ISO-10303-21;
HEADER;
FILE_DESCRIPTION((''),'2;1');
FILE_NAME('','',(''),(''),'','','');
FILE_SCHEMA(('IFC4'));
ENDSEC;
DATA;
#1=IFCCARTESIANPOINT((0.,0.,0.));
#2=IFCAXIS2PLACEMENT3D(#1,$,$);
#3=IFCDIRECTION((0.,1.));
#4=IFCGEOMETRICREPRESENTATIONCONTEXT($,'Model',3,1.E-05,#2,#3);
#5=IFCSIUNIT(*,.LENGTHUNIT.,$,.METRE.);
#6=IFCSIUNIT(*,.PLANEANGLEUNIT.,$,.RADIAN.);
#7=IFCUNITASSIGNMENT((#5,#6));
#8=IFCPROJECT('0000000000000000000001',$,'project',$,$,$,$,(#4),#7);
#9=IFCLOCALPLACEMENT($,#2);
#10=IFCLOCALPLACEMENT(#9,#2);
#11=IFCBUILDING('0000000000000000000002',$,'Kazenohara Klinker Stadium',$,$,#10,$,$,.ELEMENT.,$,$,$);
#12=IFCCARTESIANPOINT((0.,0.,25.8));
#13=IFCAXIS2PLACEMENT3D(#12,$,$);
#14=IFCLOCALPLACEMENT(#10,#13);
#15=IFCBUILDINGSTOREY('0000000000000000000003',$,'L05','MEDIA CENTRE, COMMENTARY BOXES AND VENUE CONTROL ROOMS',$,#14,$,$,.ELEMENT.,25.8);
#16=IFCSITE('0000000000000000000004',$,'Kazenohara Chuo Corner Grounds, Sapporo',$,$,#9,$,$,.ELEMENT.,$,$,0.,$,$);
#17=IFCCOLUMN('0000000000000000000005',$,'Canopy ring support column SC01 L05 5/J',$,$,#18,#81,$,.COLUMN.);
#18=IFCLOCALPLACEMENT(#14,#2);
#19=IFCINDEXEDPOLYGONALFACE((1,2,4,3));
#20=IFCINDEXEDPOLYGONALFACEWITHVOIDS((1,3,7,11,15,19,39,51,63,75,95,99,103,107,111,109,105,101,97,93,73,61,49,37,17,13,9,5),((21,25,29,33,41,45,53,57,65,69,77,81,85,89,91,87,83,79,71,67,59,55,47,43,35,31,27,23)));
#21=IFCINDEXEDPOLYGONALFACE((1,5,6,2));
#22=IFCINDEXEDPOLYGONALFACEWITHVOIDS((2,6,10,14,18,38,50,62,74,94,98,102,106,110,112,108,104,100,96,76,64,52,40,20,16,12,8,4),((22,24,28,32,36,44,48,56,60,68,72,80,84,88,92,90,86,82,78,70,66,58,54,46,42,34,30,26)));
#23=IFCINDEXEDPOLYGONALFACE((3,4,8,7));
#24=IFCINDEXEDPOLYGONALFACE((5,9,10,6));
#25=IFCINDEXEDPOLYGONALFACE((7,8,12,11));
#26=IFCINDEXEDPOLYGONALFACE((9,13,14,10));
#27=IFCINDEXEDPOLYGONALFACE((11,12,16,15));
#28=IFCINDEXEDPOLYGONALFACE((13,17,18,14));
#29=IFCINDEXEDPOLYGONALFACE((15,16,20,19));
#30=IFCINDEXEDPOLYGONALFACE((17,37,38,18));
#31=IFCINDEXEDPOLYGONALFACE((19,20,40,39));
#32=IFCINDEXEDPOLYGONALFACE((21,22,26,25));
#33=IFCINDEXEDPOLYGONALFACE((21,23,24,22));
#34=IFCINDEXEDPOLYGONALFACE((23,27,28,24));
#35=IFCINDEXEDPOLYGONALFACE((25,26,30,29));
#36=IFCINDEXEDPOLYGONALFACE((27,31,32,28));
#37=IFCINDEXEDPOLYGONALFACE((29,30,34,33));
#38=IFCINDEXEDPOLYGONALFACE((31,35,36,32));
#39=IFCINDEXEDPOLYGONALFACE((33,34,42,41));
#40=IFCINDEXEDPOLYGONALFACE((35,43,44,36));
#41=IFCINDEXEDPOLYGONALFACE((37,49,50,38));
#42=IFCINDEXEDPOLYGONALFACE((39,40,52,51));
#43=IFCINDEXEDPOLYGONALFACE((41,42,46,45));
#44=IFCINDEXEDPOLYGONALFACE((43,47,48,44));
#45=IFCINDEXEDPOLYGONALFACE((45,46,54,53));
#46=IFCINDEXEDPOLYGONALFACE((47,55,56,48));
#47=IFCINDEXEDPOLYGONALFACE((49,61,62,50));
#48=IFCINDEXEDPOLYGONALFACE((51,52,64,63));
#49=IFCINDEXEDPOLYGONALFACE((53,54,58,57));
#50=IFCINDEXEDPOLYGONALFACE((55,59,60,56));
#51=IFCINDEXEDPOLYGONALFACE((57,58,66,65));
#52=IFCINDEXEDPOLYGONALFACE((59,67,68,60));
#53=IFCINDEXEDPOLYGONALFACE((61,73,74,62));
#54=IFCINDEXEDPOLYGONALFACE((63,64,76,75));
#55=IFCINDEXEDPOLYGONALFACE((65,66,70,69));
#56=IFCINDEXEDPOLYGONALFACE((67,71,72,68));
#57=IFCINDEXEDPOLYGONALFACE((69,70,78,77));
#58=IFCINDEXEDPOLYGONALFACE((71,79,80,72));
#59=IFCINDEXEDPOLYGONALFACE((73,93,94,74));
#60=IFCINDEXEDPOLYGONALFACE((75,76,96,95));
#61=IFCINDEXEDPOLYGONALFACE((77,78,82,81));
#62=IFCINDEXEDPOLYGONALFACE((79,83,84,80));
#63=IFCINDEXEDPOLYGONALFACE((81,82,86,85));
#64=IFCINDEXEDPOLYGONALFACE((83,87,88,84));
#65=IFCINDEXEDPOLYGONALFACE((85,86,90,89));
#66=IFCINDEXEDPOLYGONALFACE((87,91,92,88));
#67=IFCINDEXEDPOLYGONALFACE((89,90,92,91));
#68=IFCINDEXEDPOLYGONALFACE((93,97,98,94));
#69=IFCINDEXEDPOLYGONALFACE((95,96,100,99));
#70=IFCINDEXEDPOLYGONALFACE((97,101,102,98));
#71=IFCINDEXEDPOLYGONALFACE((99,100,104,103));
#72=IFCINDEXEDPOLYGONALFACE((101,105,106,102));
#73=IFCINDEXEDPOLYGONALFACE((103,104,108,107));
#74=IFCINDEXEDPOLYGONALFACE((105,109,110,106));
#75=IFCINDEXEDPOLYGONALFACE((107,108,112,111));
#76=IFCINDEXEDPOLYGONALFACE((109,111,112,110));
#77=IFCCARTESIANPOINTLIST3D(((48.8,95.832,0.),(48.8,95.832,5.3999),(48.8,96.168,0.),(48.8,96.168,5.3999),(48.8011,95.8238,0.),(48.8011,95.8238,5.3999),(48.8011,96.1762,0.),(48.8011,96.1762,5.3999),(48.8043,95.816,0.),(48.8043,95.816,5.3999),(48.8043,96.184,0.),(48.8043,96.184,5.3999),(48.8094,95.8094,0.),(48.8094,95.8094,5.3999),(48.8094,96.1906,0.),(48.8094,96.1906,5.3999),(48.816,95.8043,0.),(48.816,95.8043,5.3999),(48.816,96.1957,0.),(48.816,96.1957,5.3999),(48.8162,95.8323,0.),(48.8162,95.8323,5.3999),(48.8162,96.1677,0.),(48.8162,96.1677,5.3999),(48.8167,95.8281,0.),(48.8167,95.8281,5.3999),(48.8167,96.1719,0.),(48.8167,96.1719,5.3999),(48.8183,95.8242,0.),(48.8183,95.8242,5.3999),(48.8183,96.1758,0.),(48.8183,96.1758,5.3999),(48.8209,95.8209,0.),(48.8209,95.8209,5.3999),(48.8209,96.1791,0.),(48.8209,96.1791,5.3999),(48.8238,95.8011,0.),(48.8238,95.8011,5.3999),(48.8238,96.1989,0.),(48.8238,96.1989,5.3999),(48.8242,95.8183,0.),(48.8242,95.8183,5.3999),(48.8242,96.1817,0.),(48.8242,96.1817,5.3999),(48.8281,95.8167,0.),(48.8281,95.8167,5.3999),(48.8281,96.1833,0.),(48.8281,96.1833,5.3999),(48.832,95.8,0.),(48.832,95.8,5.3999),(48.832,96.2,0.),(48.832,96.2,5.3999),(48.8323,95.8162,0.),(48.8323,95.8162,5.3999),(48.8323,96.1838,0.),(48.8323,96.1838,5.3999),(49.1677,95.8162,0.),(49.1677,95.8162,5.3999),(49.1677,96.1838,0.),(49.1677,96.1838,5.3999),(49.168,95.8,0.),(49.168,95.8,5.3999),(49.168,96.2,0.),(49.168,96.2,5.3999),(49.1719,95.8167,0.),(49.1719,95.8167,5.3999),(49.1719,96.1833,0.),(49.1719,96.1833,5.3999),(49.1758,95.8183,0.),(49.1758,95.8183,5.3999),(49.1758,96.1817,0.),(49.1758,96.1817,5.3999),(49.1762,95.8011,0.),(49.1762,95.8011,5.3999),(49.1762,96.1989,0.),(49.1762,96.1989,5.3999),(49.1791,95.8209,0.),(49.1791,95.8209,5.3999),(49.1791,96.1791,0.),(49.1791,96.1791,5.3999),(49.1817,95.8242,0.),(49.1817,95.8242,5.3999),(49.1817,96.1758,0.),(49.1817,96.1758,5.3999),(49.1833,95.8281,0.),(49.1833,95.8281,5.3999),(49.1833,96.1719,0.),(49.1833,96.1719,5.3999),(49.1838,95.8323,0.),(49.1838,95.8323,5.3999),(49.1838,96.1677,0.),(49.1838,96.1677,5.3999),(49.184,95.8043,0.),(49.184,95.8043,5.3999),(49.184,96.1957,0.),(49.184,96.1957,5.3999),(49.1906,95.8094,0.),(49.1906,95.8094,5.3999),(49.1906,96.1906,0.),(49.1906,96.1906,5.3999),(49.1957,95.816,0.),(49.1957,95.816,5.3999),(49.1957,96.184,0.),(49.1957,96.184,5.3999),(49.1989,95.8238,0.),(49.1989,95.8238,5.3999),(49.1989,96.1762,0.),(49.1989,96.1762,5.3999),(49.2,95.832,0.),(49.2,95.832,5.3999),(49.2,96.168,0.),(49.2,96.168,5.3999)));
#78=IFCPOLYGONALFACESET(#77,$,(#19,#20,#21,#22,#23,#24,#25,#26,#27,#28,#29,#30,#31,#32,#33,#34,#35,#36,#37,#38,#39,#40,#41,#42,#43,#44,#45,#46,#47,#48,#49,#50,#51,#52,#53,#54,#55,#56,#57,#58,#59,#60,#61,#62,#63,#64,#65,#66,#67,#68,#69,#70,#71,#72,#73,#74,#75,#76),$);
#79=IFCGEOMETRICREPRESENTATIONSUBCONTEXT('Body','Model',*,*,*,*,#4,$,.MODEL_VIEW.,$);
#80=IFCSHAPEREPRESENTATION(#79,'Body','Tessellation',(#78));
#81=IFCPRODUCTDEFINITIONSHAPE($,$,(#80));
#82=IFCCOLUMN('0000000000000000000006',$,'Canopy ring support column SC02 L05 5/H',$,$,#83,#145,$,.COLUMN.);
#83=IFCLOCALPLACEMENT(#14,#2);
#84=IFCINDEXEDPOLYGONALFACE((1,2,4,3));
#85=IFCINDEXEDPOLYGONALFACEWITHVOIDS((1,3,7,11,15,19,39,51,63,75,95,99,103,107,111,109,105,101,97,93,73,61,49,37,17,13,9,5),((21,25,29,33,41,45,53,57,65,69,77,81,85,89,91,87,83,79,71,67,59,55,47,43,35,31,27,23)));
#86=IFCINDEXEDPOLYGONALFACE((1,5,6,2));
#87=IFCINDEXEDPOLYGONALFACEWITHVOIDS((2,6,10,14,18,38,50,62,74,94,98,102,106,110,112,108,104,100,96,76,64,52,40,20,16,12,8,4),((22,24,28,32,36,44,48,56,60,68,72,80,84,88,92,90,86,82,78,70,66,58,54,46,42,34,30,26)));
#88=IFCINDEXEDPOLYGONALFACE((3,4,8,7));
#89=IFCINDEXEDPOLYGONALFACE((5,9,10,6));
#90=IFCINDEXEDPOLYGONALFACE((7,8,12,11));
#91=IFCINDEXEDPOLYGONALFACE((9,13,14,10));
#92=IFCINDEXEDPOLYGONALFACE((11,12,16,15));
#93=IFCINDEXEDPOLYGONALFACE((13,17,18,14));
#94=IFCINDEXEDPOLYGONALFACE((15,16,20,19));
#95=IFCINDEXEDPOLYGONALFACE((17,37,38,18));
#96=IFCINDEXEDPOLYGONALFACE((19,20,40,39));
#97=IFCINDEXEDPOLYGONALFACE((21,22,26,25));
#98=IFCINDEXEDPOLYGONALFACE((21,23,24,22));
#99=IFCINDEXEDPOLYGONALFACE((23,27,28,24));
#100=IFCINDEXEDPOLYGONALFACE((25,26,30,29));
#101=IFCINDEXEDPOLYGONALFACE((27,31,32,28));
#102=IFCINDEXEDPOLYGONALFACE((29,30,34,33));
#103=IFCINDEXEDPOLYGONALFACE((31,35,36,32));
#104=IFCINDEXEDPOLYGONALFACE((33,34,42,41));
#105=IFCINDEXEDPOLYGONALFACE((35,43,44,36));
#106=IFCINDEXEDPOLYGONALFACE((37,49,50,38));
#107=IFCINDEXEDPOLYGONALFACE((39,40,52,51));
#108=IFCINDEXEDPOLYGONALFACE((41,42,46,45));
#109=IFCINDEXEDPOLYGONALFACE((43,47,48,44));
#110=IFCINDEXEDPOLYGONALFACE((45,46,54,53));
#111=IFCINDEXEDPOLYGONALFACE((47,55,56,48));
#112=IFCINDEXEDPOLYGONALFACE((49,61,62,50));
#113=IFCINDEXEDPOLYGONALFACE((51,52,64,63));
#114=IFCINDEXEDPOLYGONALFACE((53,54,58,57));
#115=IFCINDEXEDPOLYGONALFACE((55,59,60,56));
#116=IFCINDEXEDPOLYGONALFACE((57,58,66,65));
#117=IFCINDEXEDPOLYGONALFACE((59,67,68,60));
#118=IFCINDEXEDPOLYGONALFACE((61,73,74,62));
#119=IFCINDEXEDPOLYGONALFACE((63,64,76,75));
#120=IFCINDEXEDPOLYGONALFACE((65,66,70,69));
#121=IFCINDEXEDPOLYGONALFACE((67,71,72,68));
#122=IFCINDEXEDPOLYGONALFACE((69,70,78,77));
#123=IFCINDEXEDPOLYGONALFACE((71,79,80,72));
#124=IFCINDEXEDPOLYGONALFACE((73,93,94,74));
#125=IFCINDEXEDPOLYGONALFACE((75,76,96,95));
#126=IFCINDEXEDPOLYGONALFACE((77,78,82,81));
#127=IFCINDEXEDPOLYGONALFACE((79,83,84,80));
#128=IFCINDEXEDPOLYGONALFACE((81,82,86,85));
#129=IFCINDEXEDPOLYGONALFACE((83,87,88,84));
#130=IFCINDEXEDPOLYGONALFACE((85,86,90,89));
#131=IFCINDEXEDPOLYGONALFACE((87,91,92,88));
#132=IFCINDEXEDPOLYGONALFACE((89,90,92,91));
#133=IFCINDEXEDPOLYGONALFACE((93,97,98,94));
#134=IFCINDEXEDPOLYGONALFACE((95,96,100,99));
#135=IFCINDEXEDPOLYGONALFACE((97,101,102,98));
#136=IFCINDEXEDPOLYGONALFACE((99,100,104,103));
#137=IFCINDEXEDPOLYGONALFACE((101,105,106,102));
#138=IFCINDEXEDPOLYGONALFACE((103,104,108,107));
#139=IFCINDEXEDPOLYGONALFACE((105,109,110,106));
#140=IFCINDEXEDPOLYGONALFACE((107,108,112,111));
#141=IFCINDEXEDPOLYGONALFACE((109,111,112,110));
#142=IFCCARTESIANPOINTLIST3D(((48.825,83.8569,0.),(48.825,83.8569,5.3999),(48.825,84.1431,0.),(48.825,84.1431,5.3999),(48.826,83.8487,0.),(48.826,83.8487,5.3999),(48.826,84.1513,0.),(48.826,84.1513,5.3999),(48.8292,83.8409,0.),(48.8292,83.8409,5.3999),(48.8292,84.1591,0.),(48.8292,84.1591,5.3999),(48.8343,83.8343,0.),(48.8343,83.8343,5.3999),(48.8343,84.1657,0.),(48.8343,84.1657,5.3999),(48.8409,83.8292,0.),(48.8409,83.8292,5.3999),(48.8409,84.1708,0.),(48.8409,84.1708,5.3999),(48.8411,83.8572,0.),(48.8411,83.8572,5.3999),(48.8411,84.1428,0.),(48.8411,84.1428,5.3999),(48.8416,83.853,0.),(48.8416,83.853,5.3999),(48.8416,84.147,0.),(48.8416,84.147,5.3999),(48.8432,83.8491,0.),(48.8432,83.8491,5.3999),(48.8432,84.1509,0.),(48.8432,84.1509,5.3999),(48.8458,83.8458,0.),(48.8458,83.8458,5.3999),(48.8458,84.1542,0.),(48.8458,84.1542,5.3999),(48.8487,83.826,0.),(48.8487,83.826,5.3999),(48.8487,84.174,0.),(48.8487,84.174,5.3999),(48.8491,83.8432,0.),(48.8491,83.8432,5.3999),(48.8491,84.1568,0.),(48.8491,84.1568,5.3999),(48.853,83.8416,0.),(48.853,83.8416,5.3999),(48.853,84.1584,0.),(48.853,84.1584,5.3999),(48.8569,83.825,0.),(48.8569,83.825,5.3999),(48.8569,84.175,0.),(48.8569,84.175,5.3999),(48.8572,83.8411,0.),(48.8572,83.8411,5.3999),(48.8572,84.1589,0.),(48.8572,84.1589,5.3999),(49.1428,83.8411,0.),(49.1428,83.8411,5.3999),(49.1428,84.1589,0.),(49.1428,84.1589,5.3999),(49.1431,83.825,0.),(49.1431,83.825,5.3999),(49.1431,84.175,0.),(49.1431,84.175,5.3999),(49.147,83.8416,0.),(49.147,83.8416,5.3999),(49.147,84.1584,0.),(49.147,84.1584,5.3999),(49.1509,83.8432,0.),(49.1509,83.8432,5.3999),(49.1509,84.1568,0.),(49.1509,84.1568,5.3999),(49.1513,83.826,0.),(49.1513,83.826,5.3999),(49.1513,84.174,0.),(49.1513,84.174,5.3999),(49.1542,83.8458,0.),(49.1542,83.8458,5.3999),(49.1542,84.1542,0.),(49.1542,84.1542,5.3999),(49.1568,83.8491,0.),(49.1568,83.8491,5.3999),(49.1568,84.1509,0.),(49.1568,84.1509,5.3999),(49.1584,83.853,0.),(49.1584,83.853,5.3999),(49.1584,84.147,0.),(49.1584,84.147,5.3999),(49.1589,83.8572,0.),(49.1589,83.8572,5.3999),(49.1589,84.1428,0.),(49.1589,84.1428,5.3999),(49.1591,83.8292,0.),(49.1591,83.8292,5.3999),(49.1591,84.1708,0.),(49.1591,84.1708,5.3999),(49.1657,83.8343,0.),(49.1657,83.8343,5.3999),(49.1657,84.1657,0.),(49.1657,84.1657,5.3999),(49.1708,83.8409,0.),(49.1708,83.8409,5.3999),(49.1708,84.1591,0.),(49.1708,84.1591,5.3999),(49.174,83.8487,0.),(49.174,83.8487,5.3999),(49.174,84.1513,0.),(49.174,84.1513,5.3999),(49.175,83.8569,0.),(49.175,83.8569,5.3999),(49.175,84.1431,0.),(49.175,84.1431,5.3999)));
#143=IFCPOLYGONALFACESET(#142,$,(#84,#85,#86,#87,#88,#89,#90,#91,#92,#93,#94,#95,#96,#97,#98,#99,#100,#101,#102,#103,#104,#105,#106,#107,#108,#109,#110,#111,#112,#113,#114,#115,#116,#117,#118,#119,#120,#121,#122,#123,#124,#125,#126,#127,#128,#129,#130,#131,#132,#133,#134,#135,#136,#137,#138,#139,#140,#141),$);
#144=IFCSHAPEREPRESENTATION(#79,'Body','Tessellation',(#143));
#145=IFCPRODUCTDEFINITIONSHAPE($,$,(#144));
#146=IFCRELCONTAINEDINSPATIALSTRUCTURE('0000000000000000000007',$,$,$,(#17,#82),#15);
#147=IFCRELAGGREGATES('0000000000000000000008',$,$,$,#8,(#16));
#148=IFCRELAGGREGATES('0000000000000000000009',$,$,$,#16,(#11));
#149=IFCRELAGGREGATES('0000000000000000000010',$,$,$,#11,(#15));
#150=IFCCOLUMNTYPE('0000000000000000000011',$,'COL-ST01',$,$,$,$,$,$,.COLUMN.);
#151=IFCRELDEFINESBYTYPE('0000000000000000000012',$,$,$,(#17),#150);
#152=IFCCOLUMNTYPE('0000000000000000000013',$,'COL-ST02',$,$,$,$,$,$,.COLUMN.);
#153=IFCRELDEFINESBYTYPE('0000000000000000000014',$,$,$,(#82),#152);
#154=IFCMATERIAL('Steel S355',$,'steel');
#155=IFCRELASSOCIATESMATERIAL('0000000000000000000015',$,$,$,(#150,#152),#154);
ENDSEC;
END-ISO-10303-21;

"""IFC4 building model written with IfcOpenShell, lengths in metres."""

from ifc_helpers import new_model, si_unit, direction, frame, origin, origin_2d, place, context, subcontext, project, spatial, hollow_rectangle, extrude, material, material_profile, profile_set, type_object, element, save


model = new_model("IFC4")

# Units and contexts
model_context = context("Model", 3, precision=1e-05, world=origin(), true_north=direction((0.0, 1.0)))
body_context = subcontext(model_context, "Body", "Model", "MODEL_VIEW")
ifc_project = project(units=[si_unit("LENGTHUNIT", "METRE"), si_unit("PLANEANGLEUNIT", "RADIAN")], contexts=[model_context])

# Site, building, storey
site_placement = place(None, origin())
site = spatial("IfcSite", under=ifc_project, at=site_placement, Name="Kazenohara Chuo Corner Grounds, Sapporo", CompositionType="ELEMENT", RefElevation=0.0)
building_placement = place(site_placement, origin())
building = spatial("IfcBuilding", under=site, at=building_placement, Name="Kazenohara Klinker Stadium", CompositionType="ELEMENT")
storey_placement = place(building_placement, frame((0.0, 0.0, 25.8)))
storey = spatial("IfcBuildingStorey", under=building, at=storey_placement, Name="L05", Description="MEDIA CENTRE, COMMENTARY BOXES AND VENUE CONTROL ROOMS", CompositionType="ELEMENT", Elevation=25.8)

# Columns
ifc_material_1 = material(Name="Steel S355", Category="steel")
ifc_material_profile_1 = material_profile(ifc_material_1, hollow_rectangle(XDim=0.3999, YDim=0.3999, WallThickness=0.0161, InnerFilletRadius=0.0161, OuterFilletRadius=0.032, at=origin_2d()), Name="SHS-400x400x16")
ifc_profile_set_1 = profile_set([ifc_material_profile_1], Name="Steel S355")
column_type_1 = type_object("IfcColumnType", Name="COL-ST01", PredefinedType="COLUMN", material=ifc_profile_set_1)
column_1_placement = place(storey_placement, frame((49.0, 96.0, 0.0), z_axis=(0.0, 0.0, 1.0), x_axis=(1.0, 0.0, 0.0)))
element("IfcColumn", 1, at=column_1_placement, inside=storey, type_object=column_type_1, Name="Canopy ring support column SC01 L05 5/J", PredefinedType="COLUMN", context=body_context, shape_type="SweptSolid", body=[
    extrude(hollow_rectangle(XDim=0.3999, YDim=0.3999, WallThickness=0.0161, InnerFilletRadius=0.0161, OuterFilletRadius=0.032, at=origin_2d()), origin(), (0.0, 0.0, 1.0), 5.3999),
])
ifc_material_profile_2 = material_profile(ifc_material_1, hollow_rectangle(XDim=0.3501, YDim=0.3501, WallThickness=0.0161, InnerFilletRadius=0.0161, OuterFilletRadius=0.032, at=origin_2d()), Name="SHS-350x350x16")
ifc_profile_set_2 = profile_set([ifc_material_profile_2], Name="Steel S355")
column_type_2 = type_object("IfcColumnType", Name="COL-ST02", PredefinedType="COLUMN", material=ifc_profile_set_2)
column_2_placement = place(storey_placement, frame((49.0, 84.0, 0.0), z_axis=(0.0, 0.0, 1.0), x_axis=(1.0, 0.0, 0.0)))
element("IfcColumn", 2, at=column_2_placement, inside=storey, type_object=column_type_2, Name="Canopy ring support column SC02 L05 5/H", PredefinedType="COLUMN", context=body_context, shape_type="SweptSolid", body=[
    extrude(hollow_rectangle(XDim=0.3501, YDim=0.3501, WallThickness=0.0161, InnerFilletRadius=0.0161, OuterFilletRadius=0.032, at=origin_2d()), origin(), (0.0, 0.0, 1.0), 5.3999),
])

save(model, "model.ifc")
